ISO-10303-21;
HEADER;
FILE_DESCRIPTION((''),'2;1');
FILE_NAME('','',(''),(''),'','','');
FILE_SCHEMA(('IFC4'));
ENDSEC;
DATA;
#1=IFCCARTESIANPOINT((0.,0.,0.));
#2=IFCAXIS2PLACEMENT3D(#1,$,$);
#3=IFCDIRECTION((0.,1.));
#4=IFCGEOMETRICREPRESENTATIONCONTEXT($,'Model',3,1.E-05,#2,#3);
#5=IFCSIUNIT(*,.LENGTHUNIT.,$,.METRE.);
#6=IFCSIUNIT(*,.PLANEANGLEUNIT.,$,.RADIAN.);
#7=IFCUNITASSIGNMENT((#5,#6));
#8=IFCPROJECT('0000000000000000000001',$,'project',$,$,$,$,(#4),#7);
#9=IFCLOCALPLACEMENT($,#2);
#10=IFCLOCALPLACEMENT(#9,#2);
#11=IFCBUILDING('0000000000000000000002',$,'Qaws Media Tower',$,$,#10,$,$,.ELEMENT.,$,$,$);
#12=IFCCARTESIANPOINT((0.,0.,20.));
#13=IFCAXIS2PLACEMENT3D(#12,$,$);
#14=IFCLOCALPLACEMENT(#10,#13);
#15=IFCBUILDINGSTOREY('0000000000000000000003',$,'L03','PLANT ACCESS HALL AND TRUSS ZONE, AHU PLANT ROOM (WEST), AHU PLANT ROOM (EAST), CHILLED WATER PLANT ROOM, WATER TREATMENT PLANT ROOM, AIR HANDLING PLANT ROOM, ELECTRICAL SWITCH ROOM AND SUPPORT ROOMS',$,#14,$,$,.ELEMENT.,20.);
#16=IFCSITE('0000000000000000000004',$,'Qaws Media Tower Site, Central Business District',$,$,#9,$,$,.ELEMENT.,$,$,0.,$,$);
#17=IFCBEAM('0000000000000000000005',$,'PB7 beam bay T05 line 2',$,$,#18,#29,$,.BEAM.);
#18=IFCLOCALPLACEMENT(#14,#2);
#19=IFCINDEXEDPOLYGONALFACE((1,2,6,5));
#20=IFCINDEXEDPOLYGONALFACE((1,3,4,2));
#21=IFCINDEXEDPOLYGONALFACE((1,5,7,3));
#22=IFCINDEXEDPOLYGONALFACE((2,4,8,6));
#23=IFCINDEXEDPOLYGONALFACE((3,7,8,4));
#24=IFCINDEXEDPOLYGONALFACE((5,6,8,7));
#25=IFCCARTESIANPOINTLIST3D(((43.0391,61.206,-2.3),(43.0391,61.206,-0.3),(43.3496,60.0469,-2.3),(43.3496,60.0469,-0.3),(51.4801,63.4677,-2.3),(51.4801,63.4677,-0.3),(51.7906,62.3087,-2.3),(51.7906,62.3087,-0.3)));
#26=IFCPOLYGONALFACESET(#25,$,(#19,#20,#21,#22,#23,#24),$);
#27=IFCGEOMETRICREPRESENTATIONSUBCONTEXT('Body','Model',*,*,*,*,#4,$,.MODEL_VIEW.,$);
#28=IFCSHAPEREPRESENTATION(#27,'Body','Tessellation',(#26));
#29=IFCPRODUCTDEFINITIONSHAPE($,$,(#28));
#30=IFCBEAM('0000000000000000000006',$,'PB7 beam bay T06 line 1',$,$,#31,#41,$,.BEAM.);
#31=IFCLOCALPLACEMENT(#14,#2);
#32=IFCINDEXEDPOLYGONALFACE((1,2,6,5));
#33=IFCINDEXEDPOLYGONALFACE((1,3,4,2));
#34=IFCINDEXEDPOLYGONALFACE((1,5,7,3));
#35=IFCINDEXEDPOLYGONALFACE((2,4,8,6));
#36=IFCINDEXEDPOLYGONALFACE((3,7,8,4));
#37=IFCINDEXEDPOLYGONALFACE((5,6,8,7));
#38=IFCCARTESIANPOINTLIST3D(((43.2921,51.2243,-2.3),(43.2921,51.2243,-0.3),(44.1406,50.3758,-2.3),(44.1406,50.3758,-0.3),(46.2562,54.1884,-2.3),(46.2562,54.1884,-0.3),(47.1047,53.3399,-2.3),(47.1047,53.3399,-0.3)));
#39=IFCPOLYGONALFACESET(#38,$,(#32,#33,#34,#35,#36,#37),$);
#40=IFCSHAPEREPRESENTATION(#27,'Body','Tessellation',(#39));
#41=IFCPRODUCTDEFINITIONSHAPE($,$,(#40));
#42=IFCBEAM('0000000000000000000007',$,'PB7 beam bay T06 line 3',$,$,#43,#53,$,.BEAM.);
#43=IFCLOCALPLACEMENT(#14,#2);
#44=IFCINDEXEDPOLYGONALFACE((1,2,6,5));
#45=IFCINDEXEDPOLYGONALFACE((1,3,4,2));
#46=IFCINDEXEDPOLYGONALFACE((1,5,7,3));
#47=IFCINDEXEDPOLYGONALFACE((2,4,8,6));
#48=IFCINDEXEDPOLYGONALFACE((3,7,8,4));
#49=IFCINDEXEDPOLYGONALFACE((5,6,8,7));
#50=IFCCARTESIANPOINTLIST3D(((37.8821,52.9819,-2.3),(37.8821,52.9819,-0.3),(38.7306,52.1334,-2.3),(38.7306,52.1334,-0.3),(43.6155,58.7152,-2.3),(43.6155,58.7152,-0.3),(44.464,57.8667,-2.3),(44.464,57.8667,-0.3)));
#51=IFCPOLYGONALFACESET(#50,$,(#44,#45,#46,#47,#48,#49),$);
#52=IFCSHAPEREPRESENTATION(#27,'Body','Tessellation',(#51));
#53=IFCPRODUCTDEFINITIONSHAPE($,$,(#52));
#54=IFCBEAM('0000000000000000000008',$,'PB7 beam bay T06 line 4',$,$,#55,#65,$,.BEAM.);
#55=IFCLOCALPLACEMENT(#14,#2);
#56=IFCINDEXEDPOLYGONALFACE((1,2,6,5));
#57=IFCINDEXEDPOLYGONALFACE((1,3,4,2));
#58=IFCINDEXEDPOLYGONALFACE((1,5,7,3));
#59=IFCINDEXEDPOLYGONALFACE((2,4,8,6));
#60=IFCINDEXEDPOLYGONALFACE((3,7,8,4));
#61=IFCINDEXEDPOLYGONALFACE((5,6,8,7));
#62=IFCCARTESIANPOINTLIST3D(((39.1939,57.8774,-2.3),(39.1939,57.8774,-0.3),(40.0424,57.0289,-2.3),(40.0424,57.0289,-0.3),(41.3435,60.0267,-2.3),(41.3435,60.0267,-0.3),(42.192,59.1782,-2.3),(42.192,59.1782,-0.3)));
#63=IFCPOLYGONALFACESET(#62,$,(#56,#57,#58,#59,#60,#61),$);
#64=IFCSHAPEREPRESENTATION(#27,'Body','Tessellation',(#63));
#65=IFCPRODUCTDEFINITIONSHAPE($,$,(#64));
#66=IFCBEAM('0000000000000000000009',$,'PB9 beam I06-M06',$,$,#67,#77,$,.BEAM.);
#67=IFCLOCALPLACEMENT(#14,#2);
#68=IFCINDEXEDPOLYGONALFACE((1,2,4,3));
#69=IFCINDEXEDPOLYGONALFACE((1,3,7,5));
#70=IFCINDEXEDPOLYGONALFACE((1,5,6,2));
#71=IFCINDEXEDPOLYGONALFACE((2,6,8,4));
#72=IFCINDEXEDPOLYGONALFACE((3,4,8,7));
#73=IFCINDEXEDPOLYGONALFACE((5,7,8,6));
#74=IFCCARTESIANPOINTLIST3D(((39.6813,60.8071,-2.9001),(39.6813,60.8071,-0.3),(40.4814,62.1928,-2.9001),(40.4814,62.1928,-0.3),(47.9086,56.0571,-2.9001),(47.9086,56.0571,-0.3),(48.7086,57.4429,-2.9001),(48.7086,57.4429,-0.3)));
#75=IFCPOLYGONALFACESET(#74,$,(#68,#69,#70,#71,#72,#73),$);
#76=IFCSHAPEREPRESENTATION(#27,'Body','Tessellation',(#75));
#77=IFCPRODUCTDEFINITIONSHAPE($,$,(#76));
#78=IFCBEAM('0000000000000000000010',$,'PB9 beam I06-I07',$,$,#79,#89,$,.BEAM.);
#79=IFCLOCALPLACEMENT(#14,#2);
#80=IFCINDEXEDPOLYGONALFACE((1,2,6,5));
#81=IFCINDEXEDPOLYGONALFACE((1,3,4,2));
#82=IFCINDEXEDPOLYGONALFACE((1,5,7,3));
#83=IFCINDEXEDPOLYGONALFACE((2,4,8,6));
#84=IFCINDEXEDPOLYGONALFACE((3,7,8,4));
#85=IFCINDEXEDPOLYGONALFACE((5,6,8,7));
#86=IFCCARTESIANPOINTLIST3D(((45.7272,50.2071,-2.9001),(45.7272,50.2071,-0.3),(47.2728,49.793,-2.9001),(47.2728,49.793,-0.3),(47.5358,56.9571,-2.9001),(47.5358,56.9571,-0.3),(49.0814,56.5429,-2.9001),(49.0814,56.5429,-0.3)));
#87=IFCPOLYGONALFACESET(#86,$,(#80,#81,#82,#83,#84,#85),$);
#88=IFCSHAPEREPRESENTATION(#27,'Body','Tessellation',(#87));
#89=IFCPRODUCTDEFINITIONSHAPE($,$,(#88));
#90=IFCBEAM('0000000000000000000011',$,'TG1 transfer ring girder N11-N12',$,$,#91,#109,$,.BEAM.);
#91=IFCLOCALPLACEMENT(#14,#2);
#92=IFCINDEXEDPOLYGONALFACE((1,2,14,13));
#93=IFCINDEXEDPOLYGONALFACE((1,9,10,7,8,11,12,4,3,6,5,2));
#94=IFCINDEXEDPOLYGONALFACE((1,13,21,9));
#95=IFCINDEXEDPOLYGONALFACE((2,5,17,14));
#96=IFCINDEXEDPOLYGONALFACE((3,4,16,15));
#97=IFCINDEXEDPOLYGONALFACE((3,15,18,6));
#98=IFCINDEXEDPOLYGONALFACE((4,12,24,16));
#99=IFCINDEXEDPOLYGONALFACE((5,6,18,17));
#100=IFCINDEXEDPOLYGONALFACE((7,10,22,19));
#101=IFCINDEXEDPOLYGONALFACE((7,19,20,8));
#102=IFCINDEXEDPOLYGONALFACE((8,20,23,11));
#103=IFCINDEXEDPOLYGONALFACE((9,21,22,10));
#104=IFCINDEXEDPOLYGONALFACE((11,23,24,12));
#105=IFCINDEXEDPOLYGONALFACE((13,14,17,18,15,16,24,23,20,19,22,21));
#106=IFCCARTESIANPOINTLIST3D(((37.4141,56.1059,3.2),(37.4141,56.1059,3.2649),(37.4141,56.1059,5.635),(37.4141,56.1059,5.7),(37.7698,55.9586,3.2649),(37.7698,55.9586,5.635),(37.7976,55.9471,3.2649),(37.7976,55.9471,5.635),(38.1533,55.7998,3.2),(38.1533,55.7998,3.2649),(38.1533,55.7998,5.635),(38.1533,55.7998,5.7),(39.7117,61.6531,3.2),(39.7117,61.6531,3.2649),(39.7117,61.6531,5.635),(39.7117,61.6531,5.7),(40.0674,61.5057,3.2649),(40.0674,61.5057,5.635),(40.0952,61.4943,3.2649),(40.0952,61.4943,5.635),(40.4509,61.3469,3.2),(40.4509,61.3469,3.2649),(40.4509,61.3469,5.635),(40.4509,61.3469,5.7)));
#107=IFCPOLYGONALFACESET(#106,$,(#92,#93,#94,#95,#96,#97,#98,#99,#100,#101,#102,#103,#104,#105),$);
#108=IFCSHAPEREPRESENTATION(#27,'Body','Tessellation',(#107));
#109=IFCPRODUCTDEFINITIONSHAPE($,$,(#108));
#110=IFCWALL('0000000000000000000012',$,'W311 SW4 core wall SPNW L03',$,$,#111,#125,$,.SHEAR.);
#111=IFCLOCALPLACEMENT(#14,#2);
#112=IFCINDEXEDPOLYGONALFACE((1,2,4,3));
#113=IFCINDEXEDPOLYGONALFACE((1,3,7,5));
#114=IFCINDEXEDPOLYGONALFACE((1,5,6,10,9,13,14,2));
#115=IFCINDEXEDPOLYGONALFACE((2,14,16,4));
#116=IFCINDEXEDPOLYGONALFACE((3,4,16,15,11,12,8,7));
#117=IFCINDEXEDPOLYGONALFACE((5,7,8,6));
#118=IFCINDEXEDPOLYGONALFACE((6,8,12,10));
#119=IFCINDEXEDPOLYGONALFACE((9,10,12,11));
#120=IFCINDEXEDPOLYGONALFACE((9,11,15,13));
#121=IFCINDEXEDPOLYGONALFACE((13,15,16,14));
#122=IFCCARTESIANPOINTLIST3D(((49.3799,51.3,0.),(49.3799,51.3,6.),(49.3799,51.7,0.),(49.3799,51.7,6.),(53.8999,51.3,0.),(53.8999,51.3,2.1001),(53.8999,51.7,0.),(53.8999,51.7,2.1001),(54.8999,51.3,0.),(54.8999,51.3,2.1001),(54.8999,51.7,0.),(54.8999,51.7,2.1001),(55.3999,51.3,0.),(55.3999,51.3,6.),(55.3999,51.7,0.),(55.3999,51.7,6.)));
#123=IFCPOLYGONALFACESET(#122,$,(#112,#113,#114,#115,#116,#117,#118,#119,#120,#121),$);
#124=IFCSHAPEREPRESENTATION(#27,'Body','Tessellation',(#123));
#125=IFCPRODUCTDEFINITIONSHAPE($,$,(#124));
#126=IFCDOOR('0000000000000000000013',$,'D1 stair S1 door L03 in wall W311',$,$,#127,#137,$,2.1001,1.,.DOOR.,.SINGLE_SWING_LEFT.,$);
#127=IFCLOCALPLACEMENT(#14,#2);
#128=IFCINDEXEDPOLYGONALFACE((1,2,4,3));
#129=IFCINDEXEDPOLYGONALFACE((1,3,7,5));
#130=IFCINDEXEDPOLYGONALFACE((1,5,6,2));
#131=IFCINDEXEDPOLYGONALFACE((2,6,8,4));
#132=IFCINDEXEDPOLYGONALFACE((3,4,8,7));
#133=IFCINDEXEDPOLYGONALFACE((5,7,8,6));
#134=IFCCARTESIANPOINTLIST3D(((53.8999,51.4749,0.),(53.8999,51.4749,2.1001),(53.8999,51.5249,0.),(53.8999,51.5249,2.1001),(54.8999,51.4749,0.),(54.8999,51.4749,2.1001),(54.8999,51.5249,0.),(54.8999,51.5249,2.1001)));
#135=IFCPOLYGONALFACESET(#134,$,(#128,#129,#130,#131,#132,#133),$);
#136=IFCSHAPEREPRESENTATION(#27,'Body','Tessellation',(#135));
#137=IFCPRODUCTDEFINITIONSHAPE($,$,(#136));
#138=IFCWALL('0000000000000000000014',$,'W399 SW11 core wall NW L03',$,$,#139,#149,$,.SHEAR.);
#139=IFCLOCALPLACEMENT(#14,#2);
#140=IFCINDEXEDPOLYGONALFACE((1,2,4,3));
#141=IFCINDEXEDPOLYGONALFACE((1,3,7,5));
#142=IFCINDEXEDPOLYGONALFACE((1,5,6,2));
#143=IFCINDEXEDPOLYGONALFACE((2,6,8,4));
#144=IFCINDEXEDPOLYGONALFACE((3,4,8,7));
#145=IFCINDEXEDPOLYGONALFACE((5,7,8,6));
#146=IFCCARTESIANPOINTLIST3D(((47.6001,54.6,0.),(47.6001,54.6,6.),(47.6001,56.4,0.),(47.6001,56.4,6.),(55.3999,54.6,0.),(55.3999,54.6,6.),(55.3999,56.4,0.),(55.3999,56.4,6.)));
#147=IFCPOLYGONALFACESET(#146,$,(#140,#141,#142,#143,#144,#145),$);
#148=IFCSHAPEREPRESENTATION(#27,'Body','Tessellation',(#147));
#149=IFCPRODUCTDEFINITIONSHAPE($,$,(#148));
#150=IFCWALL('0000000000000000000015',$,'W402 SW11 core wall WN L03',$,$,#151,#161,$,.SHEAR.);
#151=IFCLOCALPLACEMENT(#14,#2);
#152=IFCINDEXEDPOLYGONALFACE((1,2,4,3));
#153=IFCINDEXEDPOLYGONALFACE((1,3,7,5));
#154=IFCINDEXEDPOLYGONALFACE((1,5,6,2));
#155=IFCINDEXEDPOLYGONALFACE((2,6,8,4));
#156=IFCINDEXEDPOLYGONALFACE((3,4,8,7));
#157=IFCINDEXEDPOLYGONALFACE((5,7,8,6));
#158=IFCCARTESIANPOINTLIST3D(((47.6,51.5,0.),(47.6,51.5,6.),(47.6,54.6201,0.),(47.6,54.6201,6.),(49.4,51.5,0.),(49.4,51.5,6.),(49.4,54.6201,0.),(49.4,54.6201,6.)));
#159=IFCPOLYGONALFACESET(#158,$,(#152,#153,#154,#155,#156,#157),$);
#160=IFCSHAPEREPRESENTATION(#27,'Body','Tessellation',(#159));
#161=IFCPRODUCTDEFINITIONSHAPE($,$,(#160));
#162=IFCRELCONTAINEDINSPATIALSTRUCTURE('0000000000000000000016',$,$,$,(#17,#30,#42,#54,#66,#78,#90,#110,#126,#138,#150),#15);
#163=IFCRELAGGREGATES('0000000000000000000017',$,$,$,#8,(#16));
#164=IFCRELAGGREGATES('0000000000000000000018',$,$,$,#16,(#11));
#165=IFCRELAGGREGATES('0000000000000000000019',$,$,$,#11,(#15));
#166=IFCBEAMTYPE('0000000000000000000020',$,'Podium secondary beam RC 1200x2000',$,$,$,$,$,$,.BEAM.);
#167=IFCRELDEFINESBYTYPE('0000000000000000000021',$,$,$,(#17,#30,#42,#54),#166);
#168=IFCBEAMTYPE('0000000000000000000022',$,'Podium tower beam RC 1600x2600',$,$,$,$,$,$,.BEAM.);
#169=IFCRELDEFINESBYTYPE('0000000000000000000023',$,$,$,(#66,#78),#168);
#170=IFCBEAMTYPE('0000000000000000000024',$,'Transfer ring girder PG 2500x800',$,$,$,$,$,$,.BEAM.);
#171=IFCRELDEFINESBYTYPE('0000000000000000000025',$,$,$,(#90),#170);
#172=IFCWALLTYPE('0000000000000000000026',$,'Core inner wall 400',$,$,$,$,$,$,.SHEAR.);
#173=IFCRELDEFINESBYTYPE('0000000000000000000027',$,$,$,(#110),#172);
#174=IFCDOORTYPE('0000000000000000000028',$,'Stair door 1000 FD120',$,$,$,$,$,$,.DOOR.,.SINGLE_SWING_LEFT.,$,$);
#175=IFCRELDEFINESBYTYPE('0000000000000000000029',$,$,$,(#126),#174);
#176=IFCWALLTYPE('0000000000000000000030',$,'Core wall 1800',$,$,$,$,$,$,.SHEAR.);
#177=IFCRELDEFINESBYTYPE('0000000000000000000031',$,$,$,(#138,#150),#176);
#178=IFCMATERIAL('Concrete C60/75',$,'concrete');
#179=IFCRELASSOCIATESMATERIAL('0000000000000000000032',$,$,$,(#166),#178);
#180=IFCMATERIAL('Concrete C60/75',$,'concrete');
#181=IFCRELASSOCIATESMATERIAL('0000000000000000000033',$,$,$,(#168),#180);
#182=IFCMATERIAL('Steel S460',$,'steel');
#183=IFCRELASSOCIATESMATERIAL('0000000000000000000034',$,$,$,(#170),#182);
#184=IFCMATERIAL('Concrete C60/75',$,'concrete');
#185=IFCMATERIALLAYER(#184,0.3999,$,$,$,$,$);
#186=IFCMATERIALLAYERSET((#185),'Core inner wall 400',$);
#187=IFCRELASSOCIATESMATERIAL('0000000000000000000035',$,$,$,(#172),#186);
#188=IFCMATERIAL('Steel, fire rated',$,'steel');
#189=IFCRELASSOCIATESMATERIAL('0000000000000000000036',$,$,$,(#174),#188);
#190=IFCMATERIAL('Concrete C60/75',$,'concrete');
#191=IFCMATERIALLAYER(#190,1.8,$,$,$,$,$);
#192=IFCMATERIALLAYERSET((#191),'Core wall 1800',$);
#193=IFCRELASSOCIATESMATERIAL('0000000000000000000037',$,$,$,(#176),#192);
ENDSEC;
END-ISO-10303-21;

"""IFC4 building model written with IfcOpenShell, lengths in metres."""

from ifc_helpers import new_model, si_unit, direction, frame, frame_2d, origin, origin_2d, place, context, subcontext, project, spatial, rectangle, i_section, extrude, material, layer, layer_set, material_profile, profile_set, type_object, element, fill, save


model = new_model("IFC4")

# Units and contexts
model_context = context("Model", 3, precision=1e-05, world=origin(), true_north=direction((0.0, 1.0)))
body_context = subcontext(model_context, "Body", "Model", "MODEL_VIEW")
ifc_project = project(units=[si_unit("LENGTHUNIT", "METRE"), si_unit("PLANEANGLEUNIT", "RADIAN")], contexts=[model_context])

# Site, building, storey
site_placement = place(None, origin())
site = spatial("IfcSite", under=ifc_project, at=site_placement, Name="Qaws Media Tower Site, Central Business District", CompositionType="ELEMENT", RefElevation=0.0)
building_placement = place(site_placement, origin())
building = spatial("IfcBuilding", under=site, at=building_placement, Name="Qaws Media Tower", CompositionType="ELEMENT")
storey_placement = place(building_placement, frame((0.0, 0.0, 20.0)))
storey = spatial("IfcBuildingStorey", under=building, at=storey_placement, Name="L03", Description="PLANT ACCESS HALL AND TRUSS ZONE, AHU PLANT ROOM (WEST), AHU PLANT ROOM (EAST), CHILLED WATER PLANT ROOM, WATER TREATMENT PLANT ROOM, AIR HANDLING PLANT ROOM, ELECTRICAL SWITCH ROOM AND SUPPORT ROOMS", CompositionType="ELEMENT", Elevation=20.0)

# Beams
ifc_material_1 = material(Name="Concrete C60/75", Category="concrete")
ifc_material_profile_1 = material_profile(ifc_material_1, rectangle(XDim=1.2, YDim=2.0, at=origin_2d()), Name="RC 1200x2000")
ifc_profile_set_1 = profile_set([ifc_material_profile_1], Name="Concrete C60/75")
beam_type_1 = type_object("IfcBeamType", Name="Podium secondary beam RC 1200x2000", PredefinedType="BEAM", material=ifc_profile_set_1)
beam_1_placement = place(storey_placement, frame((43.1943, 60.6265, -1.3), z_axis=(0.965926, 0.258817, 0.0), x_axis=(-0.258817, 0.965926, 0.0)))
element("IfcBeam", 1, at=beam_1_placement, inside=storey, type_object=beam_type_1, Name="PB7 beam bay T05 line 2", PredefinedType="BEAM", context=body_context, shape_type="SweptSolid", body=[
    extrude(rectangle(XDim=1.2, YDim=2.0, at=origin_2d()), origin(), (0.0, 0.0, 1.0), 8.7388),
])
beam_2_placement = place(storey_placement, frame((43.7163, 50.8, -1.3), z_axis=(0.707107, 0.707107, 0.0), x_axis=(-0.707107, 0.707107, 0.0)))
element("IfcBeam", 2, at=beam_2_placement, inside=storey, type_object=beam_type_1, Name="PB7 beam bay T06 line 1", PredefinedType="BEAM", context=body_context, shape_type="SweptSolid", body=[
    extrude(rectangle(XDim=1.2, YDim=2.0, at=origin_2d()), origin(), (0.0, 0.0, 1.0), 4.1919),
])
beam_3_placement = place(storey_placement, frame((38.3064, 52.5576, -1.3), z_axis=(0.707107, 0.707107, 0.0), x_axis=(-0.707107, 0.707107, 0.0)))
element("IfcBeam", 3, at=beam_3_placement, inside=storey, type_object=beam_type_1, Name="PB7 beam bay T06 line 3", PredefinedType="BEAM", context=body_context, shape_type="SweptSolid", body=[
    extrude(rectangle(XDim=1.2, YDim=2.0, at=origin_2d()), origin(), (0.0, 0.0, 1.0), 8.1082),
])
beam_4_placement = place(storey_placement, frame((39.6182, 57.4531, -1.3), z_axis=(0.707147, 0.707067, 0.0), x_axis=(-0.707067, 0.707147, 0.0)))
element("IfcBeam", 4, at=beam_4_placement, inside=storey, type_object=beam_type_1, Name="PB7 beam bay T06 line 4", PredefinedType="BEAM", context=body_context, shape_type="SweptSolid", body=[
    extrude(rectangle(XDim=1.2, YDim=2.0, at=origin_2d()), origin(), (0.0, 0.0, 1.0), 3.0398),
])
ifc_material_2 = material(Name="Concrete C60/75", Category="concrete")
ifc_material_profile_2 = material_profile(ifc_material_2, rectangle(XDim=1.6001, YDim=2.6001, at=origin_2d()), Name="RC 1600x2600")
ifc_profile_set_2 = profile_set([ifc_material_profile_2], Name="Concrete C60/75")
beam_type_2 = type_object("IfcBeamType", Name="Podium tower beam RC 1600x2600", PredefinedType="BEAM", material=ifc_profile_set_2)
beam_5_placement = place(storey_placement, frame((48.3086, 56.75, -1.6001), z_axis=(-0.866027, 0.499998, 0.0), x_axis=(-0.499998, -0.866027, 0.0)))
element("IfcBeam", 5, at=beam_5_placement, inside=storey, type_object=beam_type_2, Name="PB9 beam I06-M06", PredefinedType="BEAM", context=body_context, shape_type="SweptSolid", body=[
    extrude(rectangle(XDim=1.6001, YDim=2.6001, at=origin_2d()), origin(), (0.0, 0.0, 1.0), 9.5),
])
beam_6_placement = place(storey_placement, frame((48.3086, 56.75, -1.6001), z_axis=(-0.258811, -0.965928, 0.0), x_axis=(0.965928, -0.258811, 0.0)))
element("IfcBeam", 6, at=beam_6_placement, inside=storey, type_object=beam_type_2, Name="PB9 beam I06-I07", PredefinedType="BEAM", context=body_context, shape_type="SweptSolid", body=[
    extrude(rectangle(XDim=1.6001, YDim=2.6001, at=origin_2d()), origin(), (0.0, 0.0, 1.0), 6.988),
])
ifc_material_3 = material(Name="Steel S460", Category="steel")
ifc_material_profile_3 = material_profile(ifc_material_3, i_section(OverallWidth=0.8, OverallDepth=2.5, WebThickness=0.03, FlangeThickness=0.0649, at=origin_2d()), Name="PG 2500x800")
ifc_profile_set_3 = profile_set([ifc_material_profile_3], Name="Steel S460")
beam_type_3 = type_object("IfcBeamType", Name="Transfer ring girder PG 2500x800", PredefinedType="BEAM", material=ifc_profile_set_3)
beam_7_placement = place(storey_placement, frame((40.0813, 61.5, 4.45), z_axis=(-0.382671, -0.923885, 0.0), x_axis=(0.923885, -0.382671, 0.0)))
element("IfcBeam", 7, at=beam_7_placement, inside=storey, type_object=beam_type_3, Name="TG1 transfer ring girder N11-N12", PredefinedType="BEAM", context=body_context, shape_type="SweptSolid", body=[
    extrude(i_section(OverallWidth=0.8, OverallDepth=2.5, WebThickness=0.03, FlangeThickness=0.0649, at=origin_2d()), origin(), (0.0, 0.0, 1.0), 6.0042),
])

# Wall, opening, door
ifc_material_4 = material(Name="Concrete C60/75", Category="concrete")
ifc_layer_1 = layer(ifc_material_4, 0.3999)
ifc_layer_set_1 = layer_set([ifc_layer_1], Name="Core inner wall 400")
wall_type_1 = type_object("IfcWallType", Name="Core inner wall 400", PredefinedType="SHEAR", material=ifc_layer_set_1)
wall_1_placement = place(storey_placement, frame((49.3799, 51.5, 0.0), z_axis=(0.0, 0.0, 1.0), x_axis=(1.0, 0.0, 0.0)))
wall_1 = element("IfcWall", 8, at=wall_1_placement, inside=storey, type_object=wall_type_1, Name="W311 SW4 core wall SPNW L03", PredefinedType="SHEAR", context=body_context, shape_type="SweptSolid", body=[
    extrude(rectangle(XDim=6.02, YDim=0.3999, at=frame_2d((3.01, 0.0))), origin(), (0.0, 0.0, 1.0), 6.0),
])
opening_placement = place(wall_1_placement, frame((4.52, 0.0, 0.0)))
opening = element("IfcOpeningElement", 9, at=opening_placement, cuts=wall_1, PredefinedType="OPENING", context=body_context, shape_type="SweptSolid", body=[
    extrude(rectangle(XDim=1.0, YDim=2.1001, at=frame_2d((0.5, 1.05))), frame((0.0, 0.21, 0.0), z_axis=(0.0, -1.0, 0.0), x_axis=(1.0, 0.0, 0.0)), (0.0, 0.0, 1.0), 0.4199),
])
ifc_material_5 = material(Name="Steel, fire rated", Category="steel")
door_type = type_object("IfcDoorType", Name="Stair door 1000 FD120", OperationType="SINGLE_SWING_LEFT", PredefinedType="DOOR", material=ifc_material_5)
door_placement = place(opening_placement, origin())
door = element("IfcDoor", 10, at=door_placement, inside=storey, type_object=door_type, Name="D1 stair S1 door L03 in wall W311", OperationType="SINGLE_SWING_LEFT", OverallHeight=2.1001, OverallWidth=1.0, PredefinedType="DOOR", context=body_context, shape_type="SweptSolid", body=[
    extrude(rectangle(XDim=1.0, YDim=2.1001, at=frame_2d((0.5, 1.05))), frame((0.0, 0.0249, 0.0), z_axis=(0.0, -1.0, 0.0), x_axis=(1.0, 0.0, 0.0)), (0.0, 0.0, 1.0), 0.05),
])
fill(opening, door)

# Walls
ifc_material_6 = material(Name="Concrete C60/75", Category="concrete")
ifc_layer_2 = layer(ifc_material_6, 1.8)
ifc_layer_set_2 = layer_set([ifc_layer_2], Name="Core wall 1800")
wall_type_2 = type_object("IfcWallType", Name="Core wall 1800", PredefinedType="SHEAR", material=ifc_layer_set_2)
wall_2_placement = place(storey_placement, frame((47.6001, 55.5, 0.0), z_axis=(0.0, 0.0, 1.0), x_axis=(1.0, 0.0, 0.0)))
element("IfcWall", 11, at=wall_2_placement, inside=storey, type_object=wall_type_2, Name="W399 SW11 core wall NW L03", PredefinedType="SHEAR", context=body_context, shape_type="SweptSolid", body=[
    extrude(rectangle(XDim=7.7998, YDim=1.8, at=frame_2d((3.8999, 0.0))), origin(), (0.0, 0.0, 1.0), 6.0),
])
wall_3_placement = place(storey_placement, frame((48.5, 51.5, 0.0), z_axis=(0.0, 0.0, 1.0), x_axis=(0.0, 1.0, 0.0)))
element("IfcWall", 12, at=wall_3_placement, inside=storey, type_object=wall_type_2, Name="W402 SW11 core wall WN L03", PredefinedType="SHEAR", context=body_context, shape_type="SweptSolid", body=[
    extrude(rectangle(XDim=3.1201, YDim=1.8, at=frame_2d((1.5601, 0.0))), origin(), (0.0, 0.0, 1.0), 6.0),
])

save(model, "model.ifc")
